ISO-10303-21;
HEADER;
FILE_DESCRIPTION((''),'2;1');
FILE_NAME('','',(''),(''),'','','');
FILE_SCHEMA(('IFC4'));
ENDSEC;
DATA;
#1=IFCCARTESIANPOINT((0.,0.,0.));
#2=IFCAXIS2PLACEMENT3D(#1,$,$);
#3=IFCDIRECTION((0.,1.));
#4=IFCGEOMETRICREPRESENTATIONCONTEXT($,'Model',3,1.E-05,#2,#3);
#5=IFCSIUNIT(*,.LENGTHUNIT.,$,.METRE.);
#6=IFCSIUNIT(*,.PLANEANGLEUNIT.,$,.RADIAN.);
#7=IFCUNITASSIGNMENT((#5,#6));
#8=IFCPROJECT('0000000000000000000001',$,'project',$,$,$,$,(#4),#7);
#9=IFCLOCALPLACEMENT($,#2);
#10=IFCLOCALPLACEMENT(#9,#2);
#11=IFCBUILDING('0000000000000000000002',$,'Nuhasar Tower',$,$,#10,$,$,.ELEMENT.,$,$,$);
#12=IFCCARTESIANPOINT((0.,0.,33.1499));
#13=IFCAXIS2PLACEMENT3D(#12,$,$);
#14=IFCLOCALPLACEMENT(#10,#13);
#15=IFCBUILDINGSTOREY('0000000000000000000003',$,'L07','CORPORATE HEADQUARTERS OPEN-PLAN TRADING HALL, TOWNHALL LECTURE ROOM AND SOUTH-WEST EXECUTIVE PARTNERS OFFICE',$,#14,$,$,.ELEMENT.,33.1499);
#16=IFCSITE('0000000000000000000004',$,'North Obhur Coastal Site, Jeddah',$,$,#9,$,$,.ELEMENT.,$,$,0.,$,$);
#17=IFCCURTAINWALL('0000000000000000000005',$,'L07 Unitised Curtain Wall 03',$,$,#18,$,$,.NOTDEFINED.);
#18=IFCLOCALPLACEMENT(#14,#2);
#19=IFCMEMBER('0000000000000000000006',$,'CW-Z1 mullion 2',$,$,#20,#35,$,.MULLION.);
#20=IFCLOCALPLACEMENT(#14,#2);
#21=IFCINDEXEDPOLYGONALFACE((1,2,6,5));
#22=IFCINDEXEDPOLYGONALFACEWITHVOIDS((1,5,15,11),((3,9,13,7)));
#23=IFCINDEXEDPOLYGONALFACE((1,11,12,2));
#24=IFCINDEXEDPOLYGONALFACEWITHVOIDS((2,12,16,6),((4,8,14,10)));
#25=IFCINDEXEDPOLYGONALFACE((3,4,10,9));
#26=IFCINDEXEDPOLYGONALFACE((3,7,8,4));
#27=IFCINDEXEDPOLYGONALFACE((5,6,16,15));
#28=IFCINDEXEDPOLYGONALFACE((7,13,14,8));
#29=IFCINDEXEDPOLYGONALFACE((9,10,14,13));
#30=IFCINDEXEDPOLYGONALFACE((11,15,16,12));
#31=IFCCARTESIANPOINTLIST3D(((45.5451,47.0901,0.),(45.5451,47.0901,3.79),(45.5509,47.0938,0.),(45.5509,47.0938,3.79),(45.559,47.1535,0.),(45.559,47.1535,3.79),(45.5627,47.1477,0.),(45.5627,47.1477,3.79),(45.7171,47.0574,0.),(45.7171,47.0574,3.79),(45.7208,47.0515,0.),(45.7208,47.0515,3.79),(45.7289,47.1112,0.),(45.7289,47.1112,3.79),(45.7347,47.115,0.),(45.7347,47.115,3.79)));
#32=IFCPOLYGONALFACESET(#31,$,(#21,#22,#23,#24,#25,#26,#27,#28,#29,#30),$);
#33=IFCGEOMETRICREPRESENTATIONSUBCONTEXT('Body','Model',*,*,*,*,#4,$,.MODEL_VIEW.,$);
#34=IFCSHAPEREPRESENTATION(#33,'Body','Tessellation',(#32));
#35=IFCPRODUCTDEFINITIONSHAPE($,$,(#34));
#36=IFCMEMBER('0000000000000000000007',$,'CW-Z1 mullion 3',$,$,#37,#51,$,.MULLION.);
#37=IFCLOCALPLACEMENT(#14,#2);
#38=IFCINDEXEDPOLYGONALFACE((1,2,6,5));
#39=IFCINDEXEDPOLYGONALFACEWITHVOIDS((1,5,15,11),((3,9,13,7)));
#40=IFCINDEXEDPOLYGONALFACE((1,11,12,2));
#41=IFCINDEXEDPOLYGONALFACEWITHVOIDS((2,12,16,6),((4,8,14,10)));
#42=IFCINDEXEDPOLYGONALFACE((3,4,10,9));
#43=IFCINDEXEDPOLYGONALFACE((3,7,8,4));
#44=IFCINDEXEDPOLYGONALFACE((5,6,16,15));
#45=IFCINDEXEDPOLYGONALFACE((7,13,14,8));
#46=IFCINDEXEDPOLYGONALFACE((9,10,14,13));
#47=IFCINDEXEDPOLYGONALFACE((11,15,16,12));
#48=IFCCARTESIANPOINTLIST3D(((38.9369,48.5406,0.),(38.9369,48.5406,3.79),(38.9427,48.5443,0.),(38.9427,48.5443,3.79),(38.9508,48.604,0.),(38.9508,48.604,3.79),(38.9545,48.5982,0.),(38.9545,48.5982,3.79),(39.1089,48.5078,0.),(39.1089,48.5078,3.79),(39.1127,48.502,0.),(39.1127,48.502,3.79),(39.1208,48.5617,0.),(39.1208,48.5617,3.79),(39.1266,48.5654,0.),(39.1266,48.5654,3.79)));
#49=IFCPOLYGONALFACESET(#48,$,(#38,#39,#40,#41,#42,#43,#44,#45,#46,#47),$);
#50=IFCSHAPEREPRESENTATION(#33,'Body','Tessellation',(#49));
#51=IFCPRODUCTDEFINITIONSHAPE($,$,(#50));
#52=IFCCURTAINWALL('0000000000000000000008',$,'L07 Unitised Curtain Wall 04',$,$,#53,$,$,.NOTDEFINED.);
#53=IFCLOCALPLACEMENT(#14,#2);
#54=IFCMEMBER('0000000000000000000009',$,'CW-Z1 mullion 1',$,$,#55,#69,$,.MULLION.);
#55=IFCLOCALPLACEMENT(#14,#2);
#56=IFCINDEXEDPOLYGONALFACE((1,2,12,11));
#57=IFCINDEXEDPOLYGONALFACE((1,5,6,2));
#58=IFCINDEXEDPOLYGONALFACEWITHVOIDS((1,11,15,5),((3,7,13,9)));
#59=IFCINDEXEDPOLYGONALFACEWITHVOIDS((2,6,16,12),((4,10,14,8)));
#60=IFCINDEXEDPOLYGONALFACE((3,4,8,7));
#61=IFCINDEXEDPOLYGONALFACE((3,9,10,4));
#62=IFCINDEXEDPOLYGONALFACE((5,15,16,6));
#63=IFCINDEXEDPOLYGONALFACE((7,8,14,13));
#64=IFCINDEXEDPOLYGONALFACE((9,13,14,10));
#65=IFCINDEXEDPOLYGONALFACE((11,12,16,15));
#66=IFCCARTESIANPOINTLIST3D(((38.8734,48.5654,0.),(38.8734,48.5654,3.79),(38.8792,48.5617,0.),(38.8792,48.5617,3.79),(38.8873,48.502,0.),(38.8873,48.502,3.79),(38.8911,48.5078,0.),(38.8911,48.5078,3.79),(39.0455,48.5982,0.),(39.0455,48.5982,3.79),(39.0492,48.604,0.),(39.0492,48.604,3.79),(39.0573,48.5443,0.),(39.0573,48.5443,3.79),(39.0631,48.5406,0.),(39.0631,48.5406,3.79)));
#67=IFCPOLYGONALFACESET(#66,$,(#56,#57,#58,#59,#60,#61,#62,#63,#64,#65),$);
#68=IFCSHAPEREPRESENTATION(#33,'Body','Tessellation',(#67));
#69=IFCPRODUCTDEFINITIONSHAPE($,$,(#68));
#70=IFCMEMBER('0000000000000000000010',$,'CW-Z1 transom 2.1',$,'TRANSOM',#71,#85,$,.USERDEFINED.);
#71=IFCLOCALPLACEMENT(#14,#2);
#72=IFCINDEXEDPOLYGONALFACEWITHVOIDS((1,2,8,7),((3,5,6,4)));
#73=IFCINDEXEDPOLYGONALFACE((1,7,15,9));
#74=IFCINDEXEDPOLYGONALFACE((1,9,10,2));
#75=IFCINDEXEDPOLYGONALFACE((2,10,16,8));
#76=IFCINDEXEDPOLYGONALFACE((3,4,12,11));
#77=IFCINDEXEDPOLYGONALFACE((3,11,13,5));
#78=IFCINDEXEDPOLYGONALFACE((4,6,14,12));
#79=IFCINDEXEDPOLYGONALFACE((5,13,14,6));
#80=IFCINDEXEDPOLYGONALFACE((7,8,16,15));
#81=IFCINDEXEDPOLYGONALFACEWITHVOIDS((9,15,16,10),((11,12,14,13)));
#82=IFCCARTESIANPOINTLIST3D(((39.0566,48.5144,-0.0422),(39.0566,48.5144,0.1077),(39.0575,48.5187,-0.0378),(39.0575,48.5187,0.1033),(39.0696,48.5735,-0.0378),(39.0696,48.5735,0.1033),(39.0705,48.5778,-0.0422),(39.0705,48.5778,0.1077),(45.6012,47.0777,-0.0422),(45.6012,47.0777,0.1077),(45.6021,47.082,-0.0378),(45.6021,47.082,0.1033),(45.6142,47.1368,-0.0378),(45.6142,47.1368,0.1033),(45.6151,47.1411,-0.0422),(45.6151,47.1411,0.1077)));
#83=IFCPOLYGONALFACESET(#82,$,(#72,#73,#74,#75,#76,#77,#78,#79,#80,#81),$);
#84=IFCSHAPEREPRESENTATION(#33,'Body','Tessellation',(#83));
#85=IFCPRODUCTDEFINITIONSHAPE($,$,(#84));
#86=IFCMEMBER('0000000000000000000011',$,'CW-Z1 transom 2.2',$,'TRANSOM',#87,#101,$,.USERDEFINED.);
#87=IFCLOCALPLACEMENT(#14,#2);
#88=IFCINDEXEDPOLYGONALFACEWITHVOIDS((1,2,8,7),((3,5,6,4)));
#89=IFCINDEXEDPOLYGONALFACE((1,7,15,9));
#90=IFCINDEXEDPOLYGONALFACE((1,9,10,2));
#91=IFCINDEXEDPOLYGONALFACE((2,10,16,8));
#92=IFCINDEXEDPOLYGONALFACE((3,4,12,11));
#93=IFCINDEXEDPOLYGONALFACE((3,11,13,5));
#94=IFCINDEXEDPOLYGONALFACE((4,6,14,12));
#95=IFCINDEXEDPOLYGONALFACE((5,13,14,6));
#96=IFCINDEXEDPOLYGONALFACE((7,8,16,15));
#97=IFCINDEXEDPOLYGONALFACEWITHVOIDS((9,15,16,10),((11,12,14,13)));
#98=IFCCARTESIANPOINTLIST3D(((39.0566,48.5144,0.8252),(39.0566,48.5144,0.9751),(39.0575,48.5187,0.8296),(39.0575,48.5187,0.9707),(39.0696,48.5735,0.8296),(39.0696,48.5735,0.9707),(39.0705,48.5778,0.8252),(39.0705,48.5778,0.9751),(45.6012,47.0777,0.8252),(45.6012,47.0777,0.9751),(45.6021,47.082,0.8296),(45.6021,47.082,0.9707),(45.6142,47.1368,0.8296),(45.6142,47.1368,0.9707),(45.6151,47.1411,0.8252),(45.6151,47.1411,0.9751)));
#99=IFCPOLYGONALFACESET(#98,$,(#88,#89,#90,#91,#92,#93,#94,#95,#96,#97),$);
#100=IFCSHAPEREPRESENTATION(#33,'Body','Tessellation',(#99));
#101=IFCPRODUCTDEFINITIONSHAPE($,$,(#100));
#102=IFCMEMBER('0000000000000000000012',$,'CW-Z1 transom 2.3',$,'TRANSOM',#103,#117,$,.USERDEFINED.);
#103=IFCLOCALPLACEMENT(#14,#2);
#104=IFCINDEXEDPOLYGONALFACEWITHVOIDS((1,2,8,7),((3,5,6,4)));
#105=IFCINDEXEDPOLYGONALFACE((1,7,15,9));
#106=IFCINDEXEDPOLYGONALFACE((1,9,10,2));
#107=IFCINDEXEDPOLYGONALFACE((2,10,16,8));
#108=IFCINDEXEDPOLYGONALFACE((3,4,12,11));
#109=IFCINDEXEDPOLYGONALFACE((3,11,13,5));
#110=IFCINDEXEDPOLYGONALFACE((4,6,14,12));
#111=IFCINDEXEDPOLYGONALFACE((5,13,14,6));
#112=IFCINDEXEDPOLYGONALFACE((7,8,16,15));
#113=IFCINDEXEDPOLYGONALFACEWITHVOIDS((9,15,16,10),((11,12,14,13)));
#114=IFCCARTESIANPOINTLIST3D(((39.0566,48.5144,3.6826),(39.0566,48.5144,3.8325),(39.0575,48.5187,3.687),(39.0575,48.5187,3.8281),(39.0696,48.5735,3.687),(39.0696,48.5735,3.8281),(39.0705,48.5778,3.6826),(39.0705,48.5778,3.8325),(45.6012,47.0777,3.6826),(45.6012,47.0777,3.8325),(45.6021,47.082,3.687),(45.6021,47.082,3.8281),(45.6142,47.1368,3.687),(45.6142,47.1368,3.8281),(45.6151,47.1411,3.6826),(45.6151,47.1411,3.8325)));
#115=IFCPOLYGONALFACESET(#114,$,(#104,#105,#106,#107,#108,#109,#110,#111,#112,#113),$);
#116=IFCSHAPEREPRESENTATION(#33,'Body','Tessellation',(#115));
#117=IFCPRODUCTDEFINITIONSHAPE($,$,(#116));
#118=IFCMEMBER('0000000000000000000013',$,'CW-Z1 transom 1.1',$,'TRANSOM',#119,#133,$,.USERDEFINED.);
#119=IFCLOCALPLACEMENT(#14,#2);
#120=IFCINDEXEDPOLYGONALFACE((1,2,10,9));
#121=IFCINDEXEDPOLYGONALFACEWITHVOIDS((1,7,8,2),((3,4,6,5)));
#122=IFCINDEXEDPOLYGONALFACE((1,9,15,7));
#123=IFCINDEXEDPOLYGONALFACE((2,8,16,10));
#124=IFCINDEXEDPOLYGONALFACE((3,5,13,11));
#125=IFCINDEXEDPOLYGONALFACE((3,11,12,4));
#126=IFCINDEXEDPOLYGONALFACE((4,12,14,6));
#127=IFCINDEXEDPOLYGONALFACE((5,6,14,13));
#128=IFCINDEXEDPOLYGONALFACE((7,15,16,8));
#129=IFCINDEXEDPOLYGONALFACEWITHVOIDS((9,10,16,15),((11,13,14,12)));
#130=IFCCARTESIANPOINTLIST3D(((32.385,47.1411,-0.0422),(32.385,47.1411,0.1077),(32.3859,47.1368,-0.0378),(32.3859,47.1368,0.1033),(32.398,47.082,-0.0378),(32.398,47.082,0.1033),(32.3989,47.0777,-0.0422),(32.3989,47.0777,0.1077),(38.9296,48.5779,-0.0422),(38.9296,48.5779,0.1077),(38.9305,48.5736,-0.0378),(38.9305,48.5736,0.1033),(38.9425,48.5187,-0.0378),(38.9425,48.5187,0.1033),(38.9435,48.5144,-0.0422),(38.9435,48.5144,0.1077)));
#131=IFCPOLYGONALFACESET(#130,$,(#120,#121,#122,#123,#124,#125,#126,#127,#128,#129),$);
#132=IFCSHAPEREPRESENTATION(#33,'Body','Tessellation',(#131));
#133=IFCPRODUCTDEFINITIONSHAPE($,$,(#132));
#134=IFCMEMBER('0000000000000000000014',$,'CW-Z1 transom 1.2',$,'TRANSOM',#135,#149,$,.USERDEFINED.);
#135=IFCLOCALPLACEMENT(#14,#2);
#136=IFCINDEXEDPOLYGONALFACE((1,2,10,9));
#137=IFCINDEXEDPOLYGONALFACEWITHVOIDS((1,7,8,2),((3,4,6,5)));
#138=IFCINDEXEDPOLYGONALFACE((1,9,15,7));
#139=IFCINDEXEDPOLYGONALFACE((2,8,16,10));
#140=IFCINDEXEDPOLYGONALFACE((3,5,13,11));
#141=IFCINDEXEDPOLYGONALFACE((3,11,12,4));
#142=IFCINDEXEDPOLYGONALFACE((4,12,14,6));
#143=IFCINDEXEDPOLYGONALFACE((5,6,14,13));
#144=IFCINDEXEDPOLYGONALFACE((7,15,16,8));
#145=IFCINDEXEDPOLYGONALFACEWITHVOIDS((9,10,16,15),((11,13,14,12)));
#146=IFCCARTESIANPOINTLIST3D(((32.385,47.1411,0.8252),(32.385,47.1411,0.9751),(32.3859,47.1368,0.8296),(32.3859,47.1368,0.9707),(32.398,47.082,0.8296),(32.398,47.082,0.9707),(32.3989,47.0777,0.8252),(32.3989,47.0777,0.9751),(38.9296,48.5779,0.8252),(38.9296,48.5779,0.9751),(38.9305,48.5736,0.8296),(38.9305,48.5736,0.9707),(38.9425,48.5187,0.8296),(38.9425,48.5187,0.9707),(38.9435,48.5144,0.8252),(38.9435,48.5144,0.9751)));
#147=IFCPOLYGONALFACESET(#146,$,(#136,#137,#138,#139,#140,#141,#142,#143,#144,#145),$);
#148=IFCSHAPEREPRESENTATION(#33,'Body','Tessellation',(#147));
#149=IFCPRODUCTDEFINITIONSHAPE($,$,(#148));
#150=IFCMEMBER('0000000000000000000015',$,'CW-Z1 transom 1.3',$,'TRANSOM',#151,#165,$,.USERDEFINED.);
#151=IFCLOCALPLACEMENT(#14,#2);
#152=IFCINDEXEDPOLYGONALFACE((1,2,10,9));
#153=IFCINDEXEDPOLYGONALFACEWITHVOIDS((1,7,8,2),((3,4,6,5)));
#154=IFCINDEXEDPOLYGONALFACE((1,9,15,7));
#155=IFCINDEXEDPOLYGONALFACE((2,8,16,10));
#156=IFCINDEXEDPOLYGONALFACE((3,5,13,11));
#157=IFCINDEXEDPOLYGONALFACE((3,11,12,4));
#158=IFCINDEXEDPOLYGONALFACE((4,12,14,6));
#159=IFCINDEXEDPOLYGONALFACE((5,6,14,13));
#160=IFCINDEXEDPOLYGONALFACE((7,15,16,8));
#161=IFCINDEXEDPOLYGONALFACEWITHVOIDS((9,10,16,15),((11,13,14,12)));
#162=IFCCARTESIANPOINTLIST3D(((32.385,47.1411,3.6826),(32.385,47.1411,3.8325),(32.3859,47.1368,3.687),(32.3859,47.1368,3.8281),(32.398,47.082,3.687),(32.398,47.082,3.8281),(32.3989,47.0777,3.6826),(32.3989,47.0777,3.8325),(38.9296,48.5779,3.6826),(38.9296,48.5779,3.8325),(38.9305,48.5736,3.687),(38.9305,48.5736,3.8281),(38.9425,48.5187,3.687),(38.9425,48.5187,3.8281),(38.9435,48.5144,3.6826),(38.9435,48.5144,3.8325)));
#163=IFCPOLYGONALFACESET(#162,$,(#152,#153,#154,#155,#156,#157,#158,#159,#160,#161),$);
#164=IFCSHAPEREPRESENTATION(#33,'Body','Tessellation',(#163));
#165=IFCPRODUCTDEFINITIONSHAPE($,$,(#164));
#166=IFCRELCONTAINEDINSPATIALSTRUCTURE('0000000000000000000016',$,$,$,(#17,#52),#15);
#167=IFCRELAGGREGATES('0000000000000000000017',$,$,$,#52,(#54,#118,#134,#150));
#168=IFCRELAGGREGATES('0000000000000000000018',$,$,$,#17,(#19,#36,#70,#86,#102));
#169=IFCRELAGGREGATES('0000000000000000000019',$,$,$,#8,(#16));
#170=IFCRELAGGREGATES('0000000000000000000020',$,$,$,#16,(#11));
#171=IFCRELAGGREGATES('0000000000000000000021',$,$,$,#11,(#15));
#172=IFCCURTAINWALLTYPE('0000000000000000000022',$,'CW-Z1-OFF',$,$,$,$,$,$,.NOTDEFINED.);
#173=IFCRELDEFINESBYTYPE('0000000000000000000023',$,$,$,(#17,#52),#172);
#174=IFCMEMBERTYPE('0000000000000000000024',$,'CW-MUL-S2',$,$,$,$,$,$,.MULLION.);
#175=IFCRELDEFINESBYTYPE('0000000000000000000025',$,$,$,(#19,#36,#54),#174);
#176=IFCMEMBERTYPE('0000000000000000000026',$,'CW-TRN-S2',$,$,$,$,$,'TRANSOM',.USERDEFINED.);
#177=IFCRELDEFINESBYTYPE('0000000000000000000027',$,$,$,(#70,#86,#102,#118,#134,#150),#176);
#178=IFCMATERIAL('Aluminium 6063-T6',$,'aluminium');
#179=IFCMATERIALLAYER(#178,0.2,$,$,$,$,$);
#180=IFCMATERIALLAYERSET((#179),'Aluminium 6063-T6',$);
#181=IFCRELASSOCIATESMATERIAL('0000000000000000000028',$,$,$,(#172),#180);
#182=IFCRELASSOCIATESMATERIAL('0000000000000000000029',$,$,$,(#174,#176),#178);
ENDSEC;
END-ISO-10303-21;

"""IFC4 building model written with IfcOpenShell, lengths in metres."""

from ifc_helpers import new_model, si_unit, direction, frame, origin, origin_2d, place, context, subcontext, project, spatial, hollow_rectangle, extrude, material, layer, layer_set, material_profile, profile_set, type_object, element, aggregate, save


model = new_model("IFC4")

# Units and contexts
model_context = context("Model", 3, precision=1e-05, world=origin(), true_north=direction((0.0, 1.0)))
body_context = subcontext(model_context, "Body", "Model", "MODEL_VIEW")
ifc_project = project(units=[si_unit("LENGTHUNIT", "METRE"), si_unit("PLANEANGLEUNIT", "RADIAN")], contexts=[model_context])

# Site, building, storey
site_placement = place(None, origin())
site = spatial("IfcSite", under=ifc_project, at=site_placement, Name="North Obhur Coastal Site, Jeddah", CompositionType="ELEMENT", RefElevation=0.0)
building_placement = place(site_placement, origin())
building = spatial("IfcBuilding", under=site, at=building_placement, Name="Nuhasar Tower", CompositionType="ELEMENT")
storey_placement = place(building_placement, frame((0.0, 0.0, 33.1499)))
storey = spatial("IfcBuildingStorey", under=building, at=storey_placement, Name="L07", Description="CORPORATE HEADQUARTERS OPEN-PLAN TRADING HALL, TOWNHALL LECTURE ROOM AND SOUTH-WEST EXECUTIVE PARTNERS OFFICE", CompositionType="ELEMENT", Elevation=33.1499)

# Curtain wall, members
ifc_material_1 = material(Name="Aluminium 6063-T6", Category="aluminium")
ifc_layer_1 = layer(ifc_material_1, 0.2)
ifc_layer_set_1 = layer_set([ifc_layer_1], Name="Aluminium 6063-T6")
curtain_wall_type = type_object("IfcCurtainWallType", Name="CW-Z1-OFF", PredefinedType="NOTDEFINED", material=ifc_layer_set_1)
curtain_wall_1_placement = place(storey_placement, origin())
curtain_wall_1 = element("IfcCurtainWall", 1, at=curtain_wall_1_placement, inside=storey, type_object=curtain_wall_type, Name="L07 Unitised Curtain Wall 03", PredefinedType="NOTDEFINED")
ifc_material_profile_1 = material_profile(ifc_material_1, hollow_rectangle(XDim=0.0649, YDim=0.1799, WallThickness=0.0049, at=origin_2d()), Name="CWM-2")
ifc_profile_set_1 = profile_set([ifc_material_profile_1], Name="Aluminium 6063-T6")
member_type_1 = type_object("IfcMemberType", Name="CW-MUL-S2", PredefinedType="MULLION", material=ifc_profile_set_1)
member_1_placement = place(storey_placement, frame((45.6399, 47.1025, 0.0), z_axis=(0.0, 0.0, 1.0), x_axis=(-0.214399, -0.976746, 0.0)))
member_1 = element("IfcMember", 2, at=member_1_placement, type_object=member_type_1, Name="CW-Z1 mullion 2", PredefinedType="MULLION", context=body_context, shape_type="SweptSolid", body=[
    extrude(hollow_rectangle(XDim=0.0649, YDim=0.1799, WallThickness=0.0049, at=origin_2d()), origin(), (0.0, 0.0, 1.0), 3.79),
])
member_2_placement = place(storey_placement, frame((39.0317, 48.553, 0.0), z_axis=(0.0, 0.0, 1.0), x_axis=(-0.214399, -0.976746, 0.0)))
member_2 = element("IfcMember", 3, at=member_2_placement, type_object=member_type_1, Name="CW-Z1 mullion 3", PredefinedType="MULLION", context=body_context, shape_type="SweptSolid", body=[
    extrude(hollow_rectangle(XDim=0.0649, YDim=0.1799, WallThickness=0.0049, at=origin_2d()), origin(), (0.0, 0.0, 1.0), 3.79),
])

# Curtain wall, member
curtain_wall_2_placement = place(storey_placement, origin())
curtain_wall_2 = element("IfcCurtainWall", 4, at=curtain_wall_2_placement, inside=storey, type_object=curtain_wall_type, Name="L07 Unitised Curtain Wall 04", PredefinedType="NOTDEFINED")
member_3_placement = place(storey_placement, frame((38.9683, 48.553, 0.0), z_axis=(0.0, 0.0, 1.0), x_axis=(0.214399, -0.976746, 0.0)))
member_3 = element("IfcMember", 5, at=member_3_placement, type_object=member_type_1, Name="CW-Z1 mullion 1", PredefinedType="MULLION", context=body_context, shape_type="SweptSolid", body=[
    extrude(hollow_rectangle(XDim=0.0649, YDim=0.1799, WallThickness=0.0049, at=origin_2d()), origin(), (0.0, 0.0, 1.0), 3.79),
])

# Members
ifc_material_profile_2 = material_profile(ifc_material_1, hollow_rectangle(XDim=0.0649, YDim=0.1499, WallThickness=0.0044, at=origin_2d()), Name="CWT-2")
ifc_profile_set_2 = profile_set([ifc_material_profile_2], Name="Aluminium 6063-T6")
member_type_2 = type_object("IfcMemberType", Name="CW-TRN-S2", ElementType="TRANSOM", PredefinedType="USERDEFINED", material=ifc_profile_set_2)
member_4_placement = place(storey_placement, frame((45.6082, 47.1094, 0.0327), z_axis=(-0.97674, 0.214426, 0.0), x_axis=(-0.214426, -0.97674, 0.0)))
member_4 = element("IfcMember", 6, at=member_4_placement, type_object=member_type_2, Name="CW-Z1 transom 2.1", ObjectType="TRANSOM", PredefinedType="USERDEFINED", context=body_context, shape_type="SweptSolid", body=[
    extrude(hollow_rectangle(XDim=0.0649, YDim=0.1499, WallThickness=0.0044, at=origin_2d()), origin(), (0.0, 0.0, 1.0), 6.7004),
])
member_5_placement = place(storey_placement, frame((45.6082, 47.1094, 0.9001), z_axis=(-0.97674, 0.214426, 0.0), x_axis=(-0.214426, -0.97674, 0.0)))
member_5 = element("IfcMember", 7, at=member_5_placement, type_object=member_type_2, Name="CW-Z1 transom 2.2", ObjectType="TRANSOM", PredefinedType="USERDEFINED", context=body_context, shape_type="SweptSolid", body=[
    extrude(hollow_rectangle(XDim=0.0649, YDim=0.1499, WallThickness=0.0044, at=origin_2d()), origin(), (0.0, 0.0, 1.0), 6.7004),
])
member_6_placement = place(storey_placement, frame((45.6082, 47.1094, 3.7576), z_axis=(-0.97674, 0.214426, 0.0), x_axis=(-0.214426, -0.97674, 0.0)))
member_6 = element("IfcMember", 8, at=member_6_placement, type_object=member_type_2, Name="CW-Z1 transom 2.3", ObjectType="TRANSOM", PredefinedType="USERDEFINED", context=body_context, shape_type="SweptSolid", body=[
    extrude(hollow_rectangle(XDim=0.0649, YDim=0.1499, WallThickness=0.0044, at=origin_2d()), origin(), (0.0, 0.0, 1.0), 6.7004),
])
member_7_placement = place(storey_placement, frame((38.9365, 48.5461, 0.0327), z_axis=(-0.97674, -0.214426, 0.0), x_axis=(0.214426, -0.97674, 0.0)))
member_7 = element("IfcMember", 9, at=member_7_placement, type_object=member_type_2, Name="CW-Z1 transom 1.1", ObjectType="TRANSOM", PredefinedType="USERDEFINED", context=body_context, shape_type="SweptSolid", body=[
    extrude(hollow_rectangle(XDim=0.0649, YDim=0.1499, WallThickness=0.0044, at=origin_2d()), origin(), (0.0, 0.0, 1.0), 6.7004),
])
member_8_placement = place(storey_placement, frame((38.9365, 48.5461, 0.9001), z_axis=(-0.97674, -0.214426, 0.0), x_axis=(0.214426, -0.97674, 0.0)))
member_8 = element("IfcMember", 10, at=member_8_placement, type_object=member_type_2, Name="CW-Z1 transom 1.2", ObjectType="TRANSOM", PredefinedType="USERDEFINED", context=body_context, shape_type="SweptSolid", body=[
    extrude(hollow_rectangle(XDim=0.0649, YDim=0.1499, WallThickness=0.0044, at=origin_2d()), origin(), (0.0, 0.0, 1.0), 6.7004),
])
member_9_placement = place(storey_placement, frame((38.9365, 48.5461, 3.7576), z_axis=(-0.97674, -0.214426, 0.0), x_axis=(0.214426, -0.97674, 0.0)))
member_9 = element("IfcMember", 11, at=member_9_placement, type_object=member_type_2, Name="CW-Z1 transom 1.3", ObjectType="TRANSOM", PredefinedType="USERDEFINED", context=body_context, shape_type="SweptSolid", body=[
    extrude(hollow_rectangle(XDim=0.0649, YDim=0.1499, WallThickness=0.0044, at=origin_2d()), origin(), (0.0, 0.0, 1.0), 6.7004),
])
aggregate(curtain_wall_2, [member_3, member_7, member_8, member_9])

aggregate(curtain_wall_1, [member_1, member_2, member_4, member_5, member_6])

save(model, "model.ifc")
